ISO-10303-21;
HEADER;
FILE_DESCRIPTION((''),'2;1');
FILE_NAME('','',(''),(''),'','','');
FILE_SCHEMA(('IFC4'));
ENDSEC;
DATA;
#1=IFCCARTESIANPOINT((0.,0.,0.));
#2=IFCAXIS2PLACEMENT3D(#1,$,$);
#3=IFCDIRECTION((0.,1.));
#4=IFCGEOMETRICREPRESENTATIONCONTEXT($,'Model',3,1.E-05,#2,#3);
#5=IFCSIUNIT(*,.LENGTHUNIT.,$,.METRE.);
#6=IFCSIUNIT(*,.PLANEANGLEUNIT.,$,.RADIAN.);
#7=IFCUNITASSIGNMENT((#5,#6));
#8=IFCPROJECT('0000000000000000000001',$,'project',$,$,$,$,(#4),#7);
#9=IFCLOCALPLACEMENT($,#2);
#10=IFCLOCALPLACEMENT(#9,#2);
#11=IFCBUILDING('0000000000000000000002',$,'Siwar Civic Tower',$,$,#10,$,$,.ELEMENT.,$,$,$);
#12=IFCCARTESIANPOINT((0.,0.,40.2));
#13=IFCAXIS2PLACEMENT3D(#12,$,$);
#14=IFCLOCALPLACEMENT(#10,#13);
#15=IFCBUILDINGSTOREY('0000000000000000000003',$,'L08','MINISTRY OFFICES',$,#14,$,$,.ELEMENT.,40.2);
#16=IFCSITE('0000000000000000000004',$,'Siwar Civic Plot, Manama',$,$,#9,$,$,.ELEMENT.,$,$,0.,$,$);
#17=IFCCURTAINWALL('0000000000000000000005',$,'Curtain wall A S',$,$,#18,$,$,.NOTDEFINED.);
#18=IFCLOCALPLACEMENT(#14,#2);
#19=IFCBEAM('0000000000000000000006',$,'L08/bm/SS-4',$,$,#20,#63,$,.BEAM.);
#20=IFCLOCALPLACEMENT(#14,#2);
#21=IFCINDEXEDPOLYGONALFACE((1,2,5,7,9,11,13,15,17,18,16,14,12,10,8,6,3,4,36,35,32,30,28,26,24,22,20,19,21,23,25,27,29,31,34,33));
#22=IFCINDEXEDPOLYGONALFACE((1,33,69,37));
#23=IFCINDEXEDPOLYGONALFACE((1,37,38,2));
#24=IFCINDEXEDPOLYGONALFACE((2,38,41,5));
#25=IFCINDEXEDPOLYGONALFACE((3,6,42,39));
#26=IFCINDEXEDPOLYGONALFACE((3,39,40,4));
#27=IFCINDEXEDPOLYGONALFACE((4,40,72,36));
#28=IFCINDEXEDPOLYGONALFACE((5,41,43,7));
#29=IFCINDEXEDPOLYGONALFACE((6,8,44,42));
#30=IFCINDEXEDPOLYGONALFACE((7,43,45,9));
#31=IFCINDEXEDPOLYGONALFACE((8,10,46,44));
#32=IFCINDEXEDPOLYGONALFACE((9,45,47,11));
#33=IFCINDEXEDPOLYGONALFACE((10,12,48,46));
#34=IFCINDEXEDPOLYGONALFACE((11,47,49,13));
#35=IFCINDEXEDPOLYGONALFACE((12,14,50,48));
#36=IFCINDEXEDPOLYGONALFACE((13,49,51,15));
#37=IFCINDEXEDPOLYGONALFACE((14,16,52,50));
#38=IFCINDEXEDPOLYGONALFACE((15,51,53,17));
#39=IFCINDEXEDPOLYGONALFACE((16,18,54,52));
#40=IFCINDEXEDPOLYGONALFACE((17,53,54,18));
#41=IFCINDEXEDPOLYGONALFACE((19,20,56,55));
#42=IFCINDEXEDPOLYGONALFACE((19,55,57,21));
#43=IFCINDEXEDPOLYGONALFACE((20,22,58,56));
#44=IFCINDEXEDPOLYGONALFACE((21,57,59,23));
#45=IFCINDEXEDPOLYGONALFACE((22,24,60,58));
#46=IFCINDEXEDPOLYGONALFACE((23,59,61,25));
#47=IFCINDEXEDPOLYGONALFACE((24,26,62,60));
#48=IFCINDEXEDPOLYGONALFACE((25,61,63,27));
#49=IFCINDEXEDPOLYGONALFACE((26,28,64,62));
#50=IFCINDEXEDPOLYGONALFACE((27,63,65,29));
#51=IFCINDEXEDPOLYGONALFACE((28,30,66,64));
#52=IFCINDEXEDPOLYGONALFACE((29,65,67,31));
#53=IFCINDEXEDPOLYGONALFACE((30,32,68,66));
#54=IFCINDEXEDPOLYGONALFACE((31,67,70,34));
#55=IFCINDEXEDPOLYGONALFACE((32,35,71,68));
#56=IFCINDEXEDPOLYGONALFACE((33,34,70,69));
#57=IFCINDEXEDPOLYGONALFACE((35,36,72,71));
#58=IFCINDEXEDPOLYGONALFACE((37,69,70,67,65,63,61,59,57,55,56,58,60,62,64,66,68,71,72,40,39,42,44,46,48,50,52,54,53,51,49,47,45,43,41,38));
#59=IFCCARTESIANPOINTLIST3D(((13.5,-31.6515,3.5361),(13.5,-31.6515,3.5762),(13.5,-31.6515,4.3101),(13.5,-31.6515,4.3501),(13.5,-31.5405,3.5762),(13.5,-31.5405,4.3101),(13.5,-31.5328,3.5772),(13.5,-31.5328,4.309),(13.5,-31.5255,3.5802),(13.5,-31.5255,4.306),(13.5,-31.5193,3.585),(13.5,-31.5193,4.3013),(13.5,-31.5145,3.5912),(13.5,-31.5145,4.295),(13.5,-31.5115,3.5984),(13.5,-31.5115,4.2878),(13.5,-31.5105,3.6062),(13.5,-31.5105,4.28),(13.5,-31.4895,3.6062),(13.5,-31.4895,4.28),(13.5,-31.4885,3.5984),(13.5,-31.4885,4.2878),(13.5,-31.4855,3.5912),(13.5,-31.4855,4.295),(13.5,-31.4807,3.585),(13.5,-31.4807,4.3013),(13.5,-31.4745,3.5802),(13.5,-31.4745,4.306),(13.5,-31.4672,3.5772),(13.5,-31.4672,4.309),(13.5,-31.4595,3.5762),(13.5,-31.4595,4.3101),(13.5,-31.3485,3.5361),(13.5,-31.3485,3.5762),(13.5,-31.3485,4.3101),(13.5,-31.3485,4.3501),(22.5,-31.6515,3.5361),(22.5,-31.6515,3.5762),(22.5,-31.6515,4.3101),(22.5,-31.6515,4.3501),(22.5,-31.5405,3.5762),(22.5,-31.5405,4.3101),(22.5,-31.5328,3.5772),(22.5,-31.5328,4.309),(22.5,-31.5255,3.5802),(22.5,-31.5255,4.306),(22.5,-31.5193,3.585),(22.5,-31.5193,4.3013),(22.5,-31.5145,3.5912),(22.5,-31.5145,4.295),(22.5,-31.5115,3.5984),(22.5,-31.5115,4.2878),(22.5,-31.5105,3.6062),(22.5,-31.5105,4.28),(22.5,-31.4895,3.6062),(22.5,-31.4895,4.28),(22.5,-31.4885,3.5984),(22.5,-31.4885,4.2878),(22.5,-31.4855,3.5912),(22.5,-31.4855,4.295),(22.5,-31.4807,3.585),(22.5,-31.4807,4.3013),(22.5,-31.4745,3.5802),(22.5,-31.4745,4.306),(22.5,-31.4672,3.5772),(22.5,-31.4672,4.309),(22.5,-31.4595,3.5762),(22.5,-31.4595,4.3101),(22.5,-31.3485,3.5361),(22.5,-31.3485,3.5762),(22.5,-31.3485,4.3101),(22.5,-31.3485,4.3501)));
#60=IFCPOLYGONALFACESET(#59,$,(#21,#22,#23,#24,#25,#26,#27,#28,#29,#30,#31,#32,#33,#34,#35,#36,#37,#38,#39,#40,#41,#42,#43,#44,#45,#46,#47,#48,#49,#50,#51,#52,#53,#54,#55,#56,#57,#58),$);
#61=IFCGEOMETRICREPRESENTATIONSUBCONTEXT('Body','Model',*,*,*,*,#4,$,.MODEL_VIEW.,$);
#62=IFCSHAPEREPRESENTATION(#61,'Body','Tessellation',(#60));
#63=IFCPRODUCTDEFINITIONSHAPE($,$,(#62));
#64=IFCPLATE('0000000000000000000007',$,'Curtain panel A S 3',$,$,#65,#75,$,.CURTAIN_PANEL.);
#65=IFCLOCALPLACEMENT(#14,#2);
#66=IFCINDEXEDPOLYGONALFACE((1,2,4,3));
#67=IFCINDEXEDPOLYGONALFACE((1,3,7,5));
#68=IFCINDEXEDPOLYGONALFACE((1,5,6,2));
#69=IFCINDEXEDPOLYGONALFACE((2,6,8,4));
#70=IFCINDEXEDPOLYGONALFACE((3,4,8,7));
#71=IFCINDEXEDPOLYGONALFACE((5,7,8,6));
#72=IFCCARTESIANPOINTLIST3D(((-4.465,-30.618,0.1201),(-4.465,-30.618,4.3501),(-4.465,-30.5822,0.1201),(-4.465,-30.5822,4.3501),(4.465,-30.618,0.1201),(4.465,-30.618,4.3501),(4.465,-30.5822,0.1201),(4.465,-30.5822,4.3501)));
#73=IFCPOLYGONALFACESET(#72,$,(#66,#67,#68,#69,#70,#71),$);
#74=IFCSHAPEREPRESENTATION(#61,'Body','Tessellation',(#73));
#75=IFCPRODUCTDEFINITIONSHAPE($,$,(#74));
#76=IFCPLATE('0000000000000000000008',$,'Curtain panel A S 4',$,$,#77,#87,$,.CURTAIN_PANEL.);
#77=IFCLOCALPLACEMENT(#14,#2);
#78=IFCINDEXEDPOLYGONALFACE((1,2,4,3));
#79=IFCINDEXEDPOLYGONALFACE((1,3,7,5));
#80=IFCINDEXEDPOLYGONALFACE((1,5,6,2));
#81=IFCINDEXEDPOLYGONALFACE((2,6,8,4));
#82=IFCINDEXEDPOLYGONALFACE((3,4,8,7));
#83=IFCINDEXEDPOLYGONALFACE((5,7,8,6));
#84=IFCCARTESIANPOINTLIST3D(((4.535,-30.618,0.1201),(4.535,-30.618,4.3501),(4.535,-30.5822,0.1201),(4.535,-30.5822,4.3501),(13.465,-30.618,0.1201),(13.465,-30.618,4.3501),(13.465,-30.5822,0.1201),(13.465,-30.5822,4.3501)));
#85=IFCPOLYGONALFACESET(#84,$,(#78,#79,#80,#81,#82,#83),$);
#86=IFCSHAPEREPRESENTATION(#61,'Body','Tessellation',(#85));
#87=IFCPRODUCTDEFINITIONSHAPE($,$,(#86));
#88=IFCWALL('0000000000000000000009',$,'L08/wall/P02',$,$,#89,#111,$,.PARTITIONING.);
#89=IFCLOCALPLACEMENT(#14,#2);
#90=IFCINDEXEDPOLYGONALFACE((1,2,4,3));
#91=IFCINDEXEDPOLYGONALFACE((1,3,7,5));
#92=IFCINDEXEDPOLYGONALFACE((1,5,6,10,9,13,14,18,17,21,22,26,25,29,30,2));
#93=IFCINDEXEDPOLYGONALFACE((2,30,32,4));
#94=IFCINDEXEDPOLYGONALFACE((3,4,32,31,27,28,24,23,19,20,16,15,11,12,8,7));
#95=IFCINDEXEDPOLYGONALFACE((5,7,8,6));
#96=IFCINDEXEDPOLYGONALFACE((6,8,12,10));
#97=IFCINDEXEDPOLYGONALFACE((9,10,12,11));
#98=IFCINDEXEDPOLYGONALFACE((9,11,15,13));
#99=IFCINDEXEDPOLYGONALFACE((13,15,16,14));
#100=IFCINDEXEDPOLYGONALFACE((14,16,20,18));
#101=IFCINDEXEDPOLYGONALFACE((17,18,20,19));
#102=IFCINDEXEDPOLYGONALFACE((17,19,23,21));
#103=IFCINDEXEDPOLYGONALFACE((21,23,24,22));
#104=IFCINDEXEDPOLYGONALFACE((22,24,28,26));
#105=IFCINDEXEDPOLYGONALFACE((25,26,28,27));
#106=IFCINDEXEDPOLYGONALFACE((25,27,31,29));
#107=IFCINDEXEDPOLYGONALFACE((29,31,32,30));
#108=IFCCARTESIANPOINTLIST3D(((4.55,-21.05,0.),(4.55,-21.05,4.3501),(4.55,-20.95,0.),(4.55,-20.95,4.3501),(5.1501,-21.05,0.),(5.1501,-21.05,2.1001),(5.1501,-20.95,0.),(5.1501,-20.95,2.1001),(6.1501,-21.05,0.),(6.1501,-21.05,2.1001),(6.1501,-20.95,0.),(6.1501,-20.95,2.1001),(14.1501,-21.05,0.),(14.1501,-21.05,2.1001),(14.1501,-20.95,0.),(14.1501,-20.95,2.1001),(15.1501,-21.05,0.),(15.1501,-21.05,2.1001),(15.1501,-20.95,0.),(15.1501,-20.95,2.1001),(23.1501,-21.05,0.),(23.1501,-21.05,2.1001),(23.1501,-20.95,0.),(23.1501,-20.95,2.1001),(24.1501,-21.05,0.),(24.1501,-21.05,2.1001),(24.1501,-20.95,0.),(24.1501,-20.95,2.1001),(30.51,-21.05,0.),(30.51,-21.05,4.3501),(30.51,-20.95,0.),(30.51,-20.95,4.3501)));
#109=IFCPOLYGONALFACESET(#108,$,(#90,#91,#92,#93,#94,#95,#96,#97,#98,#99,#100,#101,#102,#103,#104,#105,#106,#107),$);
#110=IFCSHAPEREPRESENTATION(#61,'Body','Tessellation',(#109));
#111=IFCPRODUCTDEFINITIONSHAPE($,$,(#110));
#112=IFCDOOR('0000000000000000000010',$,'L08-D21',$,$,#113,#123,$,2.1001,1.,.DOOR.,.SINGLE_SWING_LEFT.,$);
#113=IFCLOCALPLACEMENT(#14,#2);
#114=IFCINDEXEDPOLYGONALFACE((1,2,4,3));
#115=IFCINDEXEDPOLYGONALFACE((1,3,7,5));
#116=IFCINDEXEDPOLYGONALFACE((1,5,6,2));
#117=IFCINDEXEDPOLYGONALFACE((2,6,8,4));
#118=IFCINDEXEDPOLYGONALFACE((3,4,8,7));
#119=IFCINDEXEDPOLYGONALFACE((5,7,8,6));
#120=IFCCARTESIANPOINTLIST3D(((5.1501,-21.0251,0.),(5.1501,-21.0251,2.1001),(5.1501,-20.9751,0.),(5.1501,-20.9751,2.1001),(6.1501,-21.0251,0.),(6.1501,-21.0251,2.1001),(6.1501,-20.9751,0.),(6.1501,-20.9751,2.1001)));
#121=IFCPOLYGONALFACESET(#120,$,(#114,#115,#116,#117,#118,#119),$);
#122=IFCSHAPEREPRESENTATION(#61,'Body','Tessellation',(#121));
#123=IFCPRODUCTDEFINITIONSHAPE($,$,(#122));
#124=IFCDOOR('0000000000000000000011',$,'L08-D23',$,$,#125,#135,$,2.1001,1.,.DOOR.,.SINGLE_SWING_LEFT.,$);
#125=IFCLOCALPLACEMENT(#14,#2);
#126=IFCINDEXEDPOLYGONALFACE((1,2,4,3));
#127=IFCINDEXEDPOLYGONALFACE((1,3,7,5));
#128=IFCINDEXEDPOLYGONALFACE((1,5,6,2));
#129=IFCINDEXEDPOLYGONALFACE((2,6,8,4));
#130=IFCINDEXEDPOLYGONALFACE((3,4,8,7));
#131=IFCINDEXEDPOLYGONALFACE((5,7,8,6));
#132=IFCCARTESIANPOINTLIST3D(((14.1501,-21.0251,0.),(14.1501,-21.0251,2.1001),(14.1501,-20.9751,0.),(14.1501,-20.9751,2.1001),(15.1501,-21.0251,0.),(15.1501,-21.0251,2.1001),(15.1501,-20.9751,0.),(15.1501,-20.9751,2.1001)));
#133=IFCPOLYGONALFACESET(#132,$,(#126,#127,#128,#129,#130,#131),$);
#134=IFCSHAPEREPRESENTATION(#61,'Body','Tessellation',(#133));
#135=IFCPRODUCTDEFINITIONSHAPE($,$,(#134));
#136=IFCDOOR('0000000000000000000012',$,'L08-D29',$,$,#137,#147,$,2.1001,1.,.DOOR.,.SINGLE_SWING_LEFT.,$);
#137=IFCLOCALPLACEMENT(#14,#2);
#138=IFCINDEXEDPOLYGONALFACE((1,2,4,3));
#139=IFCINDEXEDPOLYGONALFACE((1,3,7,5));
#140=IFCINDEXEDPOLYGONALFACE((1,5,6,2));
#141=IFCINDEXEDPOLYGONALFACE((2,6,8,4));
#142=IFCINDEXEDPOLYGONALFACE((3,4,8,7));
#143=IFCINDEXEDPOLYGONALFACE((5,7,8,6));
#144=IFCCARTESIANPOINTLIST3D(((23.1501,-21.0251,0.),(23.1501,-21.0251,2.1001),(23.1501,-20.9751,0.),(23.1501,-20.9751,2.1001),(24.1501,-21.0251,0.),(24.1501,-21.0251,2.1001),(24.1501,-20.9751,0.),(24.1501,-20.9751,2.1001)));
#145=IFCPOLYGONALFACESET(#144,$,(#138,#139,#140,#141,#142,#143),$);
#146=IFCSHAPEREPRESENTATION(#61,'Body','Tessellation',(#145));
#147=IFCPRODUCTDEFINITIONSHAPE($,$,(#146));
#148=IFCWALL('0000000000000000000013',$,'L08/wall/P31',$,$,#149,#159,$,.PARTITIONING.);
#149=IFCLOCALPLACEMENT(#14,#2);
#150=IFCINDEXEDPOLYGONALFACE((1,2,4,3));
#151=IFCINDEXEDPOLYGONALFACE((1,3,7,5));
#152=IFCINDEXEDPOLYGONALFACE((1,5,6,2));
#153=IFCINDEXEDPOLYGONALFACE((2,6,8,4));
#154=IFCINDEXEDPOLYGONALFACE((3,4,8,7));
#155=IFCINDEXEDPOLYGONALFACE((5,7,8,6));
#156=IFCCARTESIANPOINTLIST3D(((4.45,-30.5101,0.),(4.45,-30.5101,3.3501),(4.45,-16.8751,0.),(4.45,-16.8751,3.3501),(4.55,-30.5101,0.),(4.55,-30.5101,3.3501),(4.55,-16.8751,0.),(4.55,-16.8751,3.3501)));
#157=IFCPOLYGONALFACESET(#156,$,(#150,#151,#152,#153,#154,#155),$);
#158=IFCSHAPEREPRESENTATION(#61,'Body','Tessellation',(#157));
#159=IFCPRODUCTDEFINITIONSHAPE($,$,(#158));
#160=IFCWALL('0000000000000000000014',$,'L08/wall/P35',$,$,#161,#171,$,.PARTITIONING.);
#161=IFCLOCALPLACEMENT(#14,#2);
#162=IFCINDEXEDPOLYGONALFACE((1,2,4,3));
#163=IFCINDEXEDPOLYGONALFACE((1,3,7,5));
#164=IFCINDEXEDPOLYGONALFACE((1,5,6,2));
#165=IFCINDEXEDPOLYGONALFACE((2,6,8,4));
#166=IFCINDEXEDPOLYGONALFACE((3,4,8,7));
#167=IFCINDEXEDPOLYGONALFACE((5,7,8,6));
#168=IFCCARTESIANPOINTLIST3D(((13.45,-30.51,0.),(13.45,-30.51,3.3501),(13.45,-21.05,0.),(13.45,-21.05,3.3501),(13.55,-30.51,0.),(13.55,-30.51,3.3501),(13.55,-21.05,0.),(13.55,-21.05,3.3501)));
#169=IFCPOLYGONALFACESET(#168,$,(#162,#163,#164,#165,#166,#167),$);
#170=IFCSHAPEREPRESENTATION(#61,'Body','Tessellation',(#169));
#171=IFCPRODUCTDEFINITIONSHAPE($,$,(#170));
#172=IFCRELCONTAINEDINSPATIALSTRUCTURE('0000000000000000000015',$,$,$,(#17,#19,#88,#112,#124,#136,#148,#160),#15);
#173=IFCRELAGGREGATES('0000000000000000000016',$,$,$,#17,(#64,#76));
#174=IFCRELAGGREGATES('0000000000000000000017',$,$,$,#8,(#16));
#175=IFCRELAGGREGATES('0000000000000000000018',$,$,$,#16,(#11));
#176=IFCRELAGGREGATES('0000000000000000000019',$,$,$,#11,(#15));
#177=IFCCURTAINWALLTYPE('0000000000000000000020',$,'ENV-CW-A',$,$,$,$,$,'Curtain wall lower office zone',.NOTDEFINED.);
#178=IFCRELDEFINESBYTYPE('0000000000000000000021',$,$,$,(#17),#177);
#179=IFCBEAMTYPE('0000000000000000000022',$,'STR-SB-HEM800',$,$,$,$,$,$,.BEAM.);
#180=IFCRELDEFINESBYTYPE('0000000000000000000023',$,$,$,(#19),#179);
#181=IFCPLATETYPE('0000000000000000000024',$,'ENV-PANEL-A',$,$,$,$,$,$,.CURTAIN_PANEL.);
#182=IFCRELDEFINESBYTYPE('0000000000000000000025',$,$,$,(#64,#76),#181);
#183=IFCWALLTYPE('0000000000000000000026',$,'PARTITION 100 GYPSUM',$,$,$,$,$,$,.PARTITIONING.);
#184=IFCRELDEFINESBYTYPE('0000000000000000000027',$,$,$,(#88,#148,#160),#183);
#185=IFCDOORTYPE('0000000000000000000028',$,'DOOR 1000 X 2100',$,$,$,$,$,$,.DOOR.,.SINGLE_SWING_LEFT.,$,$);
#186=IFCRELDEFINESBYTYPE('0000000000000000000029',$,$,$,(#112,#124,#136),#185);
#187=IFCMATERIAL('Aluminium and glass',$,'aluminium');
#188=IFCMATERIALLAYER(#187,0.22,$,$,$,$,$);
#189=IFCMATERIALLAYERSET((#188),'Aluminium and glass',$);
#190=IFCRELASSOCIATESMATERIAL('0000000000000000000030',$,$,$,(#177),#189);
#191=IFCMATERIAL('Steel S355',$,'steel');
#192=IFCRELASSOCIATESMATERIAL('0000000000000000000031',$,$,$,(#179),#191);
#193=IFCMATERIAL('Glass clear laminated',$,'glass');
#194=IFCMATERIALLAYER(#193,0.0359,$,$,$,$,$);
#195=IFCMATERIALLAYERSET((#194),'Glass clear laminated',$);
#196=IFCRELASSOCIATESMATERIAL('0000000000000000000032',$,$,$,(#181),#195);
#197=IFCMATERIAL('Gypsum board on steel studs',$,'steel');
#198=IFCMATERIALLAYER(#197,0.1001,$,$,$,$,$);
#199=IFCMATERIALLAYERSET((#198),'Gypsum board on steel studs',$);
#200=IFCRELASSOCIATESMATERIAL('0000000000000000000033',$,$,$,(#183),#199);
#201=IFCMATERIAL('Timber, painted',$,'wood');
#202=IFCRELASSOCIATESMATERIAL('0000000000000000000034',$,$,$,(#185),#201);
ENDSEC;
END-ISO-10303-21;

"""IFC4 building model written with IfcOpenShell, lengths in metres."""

from ifc_helpers import new_model, si_unit, direction, frame, frame_2d, origin, origin_2d, place, context, subcontext, project, spatial, rectangle, i_section, extrude, material, layer, layer_set, material_profile, profile_set, type_object, element, fill, aggregate, save


model = new_model("IFC4")

# Units and contexts
model_context = context("Model", 3, precision=1e-05, world=origin(), true_north=direction((0.0, 1.0)))
body_context = subcontext(model_context, "Body", "Model", "MODEL_VIEW")
ifc_project = project(units=[si_unit("LENGTHUNIT", "METRE"), si_unit("PLANEANGLEUNIT", "RADIAN")], contexts=[model_context])

# Site, building, storey
site_placement = place(None, origin())
site = spatial("IfcSite", under=ifc_project, at=site_placement, Name="Siwar Civic Plot, Manama", CompositionType="ELEMENT", RefElevation=0.0)
building_placement = place(site_placement, origin())
building = spatial("IfcBuilding", under=site, at=building_placement, Name="Siwar Civic Tower", CompositionType="ELEMENT")
storey_placement = place(building_placement, frame((0.0, 0.0, 40.2)))
storey = spatial("IfcBuildingStorey", under=building, at=storey_placement, Name="L08", Description="MINISTRY OFFICES", CompositionType="ELEMENT", Elevation=40.2)

# Curtain wall
ifc_material_1 = material(Name="Aluminium and glass", Category="aluminium")
ifc_layer_1 = layer(ifc_material_1, 0.22)
ifc_layer_set_1 = layer_set([ifc_layer_1], Name="Aluminium and glass")
curtain_wall_type = type_object("IfcCurtainWallType", Name="ENV-CW-A", ElementType="Curtain wall lower office zone", PredefinedType="NOTDEFINED", material=ifc_layer_set_1)
curtain_wall_placement = place(storey_placement, origin())
curtain_wall = element("IfcCurtainWall", 1, at=curtain_wall_placement, inside=storey, type_object=curtain_wall_type, Name="Curtain wall A S", PredefinedType="NOTDEFINED")

# Beam
ifc_material_2 = material(Name="Steel S355", Category="steel")
ifc_material_profile_1 = material_profile(ifc_material_2, i_section(OverallWidth=0.303, OverallDepth=0.814, WebThickness=0.021, FlangeThickness=0.04, FilletRadius=0.03, at=origin_2d()), Name="HEM800")
ifc_profile_set_1 = profile_set([ifc_material_profile_1], Name="Steel S355")
beam_type_1 = type_object("IfcBeamType", Name="STR-SB-HEM800", PredefinedType="BEAM", material=ifc_profile_set_1)
for number, where, z_axis, x_axis, name in (
    (2, (13.5, -31.5, 3.9431), (1.0, 0.0, 0.0), (0.0, 1.0, 0.0), "L08/bm/SS-4"),
):
    element("IfcBeam", number, at=place(storey_placement, frame(where, z_axis=z_axis, x_axis=x_axis)), inside=storey, type_object=beam_type_1, Name=name, PredefinedType="BEAM", context=body_context, shape_type="SweptSolid", body=[
        extrude(i_section(OverallWidth=0.303, OverallDepth=0.814, WebThickness=0.021, FlangeThickness=0.04, FilletRadius=0.03, at=origin_2d()), origin(), (0.0, 0.0, 1.0), 9.0),
    ])

# Plates
ifc_material_3 = material(Name="Glass clear laminated", Category="glass")
ifc_layer_2 = layer(ifc_material_3, 0.0359)
ifc_layer_set_2 = layer_set([ifc_layer_2], Name="Glass clear laminated")
plate_type = type_object("IfcPlateType", Name="ENV-PANEL-A", PredefinedType="CURTAIN_PANEL", material=ifc_layer_set_2)
plate_1_placement = place(storey_placement, frame((0.0, -30.6001, 0.1201), z_axis=(0.0, 0.0, 1.0), x_axis=(1.0, 0.0, 0.0)))
plate_1 = element("IfcPlate", 3, at=plate_1_placement, type_object=plate_type, Name="Curtain panel A S 3", PredefinedType="CURTAIN_PANEL", context=body_context, shape_type="SweptSolid", body=[
    extrude(rectangle(XDim=8.9299, YDim=0.0359, at=origin_2d()), origin(), (0.0, 0.0, 1.0), 4.23),
])
plate_2_placement = place(storey_placement, frame((9.0, -30.6001, 0.1201), z_axis=(0.0, 0.0, 1.0), x_axis=(1.0, 0.0, 0.0)))
plate_2 = element("IfcPlate", 4, at=plate_2_placement, type_object=plate_type, Name="Curtain panel A S 4", PredefinedType="CURTAIN_PANEL", context=body_context, shape_type="SweptSolid", body=[
    extrude(rectangle(XDim=8.9299, YDim=0.0359, at=origin_2d()), origin(), (0.0, 0.0, 1.0), 4.23),
])
aggregate(curtain_wall, [plate_1, plate_2])

# Wall, openings, doors
ifc_material_4 = material(Name="Gypsum board on steel studs", Category="steel")
ifc_layer_3 = layer(ifc_material_4, 0.1001)
ifc_layer_set_3 = layer_set([ifc_layer_3], Name="Gypsum board on steel studs")
wall_type = type_object("IfcWallType", Name="PARTITION 100 GYPSUM", PredefinedType="PARTITIONING", material=ifc_layer_set_3)
wall_1_placement = place(storey_placement, frame((4.55, -21.0, 0.0), z_axis=(0.0, 0.0, 1.0), x_axis=(1.0, 0.0, 0.0)))
wall_1 = element("IfcWall", 5, at=wall_1_placement, inside=storey, type_object=wall_type, Name="L08/wall/P02", PredefinedType="PARTITIONING", context=body_context, shape_type="SweptSolid", body=[
    extrude(rectangle(XDim=25.96, YDim=0.1001, at=frame_2d((12.98, 0.0))), origin(), (0.0, 0.0, 1.0), 4.3501),
])
opening_1_placement = place(wall_1_placement, frame((0.6001, 0.0, 0.0)))
opening_1 = element("IfcOpeningElement", 6, at=opening_1_placement, cuts=wall_1, PredefinedType="OPENING", context=body_context, shape_type="SweptSolid", body=[
    extrude(rectangle(XDim=1.0, YDim=2.1001, at=frame_2d((0.5, 1.05))), frame((0.0, 0.0601, 0.0), z_axis=(0.0, -1.0, 0.0), x_axis=(1.0, 0.0, 0.0)), (0.0, 0.0, 1.0), 0.1201),
])
opening_2_placement = place(wall_1_placement, frame((9.6001, 0.0, 0.0)))
opening_2 = element("IfcOpeningElement", 7, at=opening_2_placement, cuts=wall_1, PredefinedType="OPENING", context=body_context, shape_type="SweptSolid", body=[
    extrude(rectangle(XDim=1.0, YDim=2.1001, at=frame_2d((0.5, 1.05))), frame((0.0, 0.0601, 0.0), z_axis=(0.0, -1.0, 0.0), x_axis=(1.0, 0.0, 0.0)), (0.0, 0.0, 1.0), 0.1201),
])
opening_3_placement = place(wall_1_placement, frame((18.6001, 0.0, 0.0)))
opening_3 = element("IfcOpeningElement", 8, at=opening_3_placement, cuts=wall_1, PredefinedType="OPENING", context=body_context, shape_type="SweptSolid", body=[
    extrude(rectangle(XDim=1.0, YDim=2.1001, at=frame_2d((0.5, 1.05))), frame((0.0, 0.0601, 0.0), z_axis=(0.0, -1.0, 0.0), x_axis=(1.0, 0.0, 0.0)), (0.0, 0.0, 1.0), 0.1201),
])
ifc_material_5 = material(Name="Timber, painted", Category="wood")
door_type = type_object("IfcDoorType", Name="DOOR 1000 X 2100", OperationType="SINGLE_SWING_LEFT", PredefinedType="DOOR", material=ifc_material_5)
door_1_placement = place(opening_1_placement, origin())
door_1 = element("IfcDoor", 9, at=door_1_placement, inside=storey, type_object=door_type, Name="L08-D21", OperationType="SINGLE_SWING_LEFT", OverallHeight=2.1001, OverallWidth=1.0, PredefinedType="DOOR", context=body_context, shape_type="SweptSolid", body=[
    extrude(rectangle(XDim=1.0, YDim=2.1001, at=frame_2d((0.5, 1.05))), frame((0.0, 0.0249, 0.0), z_axis=(0.0, -1.0, 0.0), x_axis=(1.0, 0.0, 0.0)), (0.0, 0.0, 1.0), 0.05),
])
fill(opening_1, door_1)
door_2_placement = place(opening_2_placement, origin())
door_2 = element("IfcDoor", 10, at=door_2_placement, inside=storey, type_object=door_type, Name="L08-D23", OperationType="SINGLE_SWING_LEFT", OverallHeight=2.1001, OverallWidth=1.0, PredefinedType="DOOR", context=body_context, shape_type="SweptSolid", body=[
    extrude(rectangle(XDim=1.0, YDim=2.1001, at=frame_2d((0.5, 1.05))), frame((0.0, 0.0249, 0.0), z_axis=(0.0, -1.0, 0.0), x_axis=(1.0, 0.0, 0.0)), (0.0, 0.0, 1.0), 0.05),
])
fill(opening_2, door_2)
door_3_placement = place(opening_3_placement, origin())
door_3 = element("IfcDoor", 11, at=door_3_placement, inside=storey, type_object=door_type, Name="L08-D29", OperationType="SINGLE_SWING_LEFT", OverallHeight=2.1001, OverallWidth=1.0, PredefinedType="DOOR", context=body_context, shape_type="SweptSolid", body=[
    extrude(rectangle(XDim=1.0, YDim=2.1001, at=frame_2d((0.5, 1.05))), frame((0.0, 0.0249, 0.0), z_axis=(0.0, -1.0, 0.0), x_axis=(1.0, 0.0, 0.0)), (0.0, 0.0, 1.0), 0.05),
])
fill(opening_3, door_3)

# Walls
wall_2_placement = place(storey_placement, frame((4.5, -30.51, 0.0), z_axis=(0.0, 0.0, 1.0), x_axis=(0.0, 1.0, 0.0)))
element("IfcWall", 12, at=wall_2_placement, inside=storey, type_object=wall_type, Name="L08/wall/P31", PredefinedType="PARTITIONING", context=body_context, shape_type="SweptSolid", body=[
    extrude(rectangle(XDim=13.635, YDim=0.1001, at=frame_2d((6.8174, 0.0))), origin(), (0.0, 0.0, 1.0), 3.3501),
])
wall_3_placement = place(storey_placement, frame((13.5, -30.51, 0.0), z_axis=(0.0, 0.0, 1.0), x_axis=(0.0, 1.0, 0.0)))
element("IfcWall", 13, at=wall_3_placement, inside=storey, type_object=wall_type, Name="L08/wall/P35", PredefinedType="PARTITIONING", context=body_context, shape_type="SweptSolid", body=[
    extrude(rectangle(XDim=9.46, YDim=0.1001, at=frame_2d((4.73, 0.0))), origin(), (0.0, 0.0, 1.0), 3.3501),
])

save(model, "model.ifc")
